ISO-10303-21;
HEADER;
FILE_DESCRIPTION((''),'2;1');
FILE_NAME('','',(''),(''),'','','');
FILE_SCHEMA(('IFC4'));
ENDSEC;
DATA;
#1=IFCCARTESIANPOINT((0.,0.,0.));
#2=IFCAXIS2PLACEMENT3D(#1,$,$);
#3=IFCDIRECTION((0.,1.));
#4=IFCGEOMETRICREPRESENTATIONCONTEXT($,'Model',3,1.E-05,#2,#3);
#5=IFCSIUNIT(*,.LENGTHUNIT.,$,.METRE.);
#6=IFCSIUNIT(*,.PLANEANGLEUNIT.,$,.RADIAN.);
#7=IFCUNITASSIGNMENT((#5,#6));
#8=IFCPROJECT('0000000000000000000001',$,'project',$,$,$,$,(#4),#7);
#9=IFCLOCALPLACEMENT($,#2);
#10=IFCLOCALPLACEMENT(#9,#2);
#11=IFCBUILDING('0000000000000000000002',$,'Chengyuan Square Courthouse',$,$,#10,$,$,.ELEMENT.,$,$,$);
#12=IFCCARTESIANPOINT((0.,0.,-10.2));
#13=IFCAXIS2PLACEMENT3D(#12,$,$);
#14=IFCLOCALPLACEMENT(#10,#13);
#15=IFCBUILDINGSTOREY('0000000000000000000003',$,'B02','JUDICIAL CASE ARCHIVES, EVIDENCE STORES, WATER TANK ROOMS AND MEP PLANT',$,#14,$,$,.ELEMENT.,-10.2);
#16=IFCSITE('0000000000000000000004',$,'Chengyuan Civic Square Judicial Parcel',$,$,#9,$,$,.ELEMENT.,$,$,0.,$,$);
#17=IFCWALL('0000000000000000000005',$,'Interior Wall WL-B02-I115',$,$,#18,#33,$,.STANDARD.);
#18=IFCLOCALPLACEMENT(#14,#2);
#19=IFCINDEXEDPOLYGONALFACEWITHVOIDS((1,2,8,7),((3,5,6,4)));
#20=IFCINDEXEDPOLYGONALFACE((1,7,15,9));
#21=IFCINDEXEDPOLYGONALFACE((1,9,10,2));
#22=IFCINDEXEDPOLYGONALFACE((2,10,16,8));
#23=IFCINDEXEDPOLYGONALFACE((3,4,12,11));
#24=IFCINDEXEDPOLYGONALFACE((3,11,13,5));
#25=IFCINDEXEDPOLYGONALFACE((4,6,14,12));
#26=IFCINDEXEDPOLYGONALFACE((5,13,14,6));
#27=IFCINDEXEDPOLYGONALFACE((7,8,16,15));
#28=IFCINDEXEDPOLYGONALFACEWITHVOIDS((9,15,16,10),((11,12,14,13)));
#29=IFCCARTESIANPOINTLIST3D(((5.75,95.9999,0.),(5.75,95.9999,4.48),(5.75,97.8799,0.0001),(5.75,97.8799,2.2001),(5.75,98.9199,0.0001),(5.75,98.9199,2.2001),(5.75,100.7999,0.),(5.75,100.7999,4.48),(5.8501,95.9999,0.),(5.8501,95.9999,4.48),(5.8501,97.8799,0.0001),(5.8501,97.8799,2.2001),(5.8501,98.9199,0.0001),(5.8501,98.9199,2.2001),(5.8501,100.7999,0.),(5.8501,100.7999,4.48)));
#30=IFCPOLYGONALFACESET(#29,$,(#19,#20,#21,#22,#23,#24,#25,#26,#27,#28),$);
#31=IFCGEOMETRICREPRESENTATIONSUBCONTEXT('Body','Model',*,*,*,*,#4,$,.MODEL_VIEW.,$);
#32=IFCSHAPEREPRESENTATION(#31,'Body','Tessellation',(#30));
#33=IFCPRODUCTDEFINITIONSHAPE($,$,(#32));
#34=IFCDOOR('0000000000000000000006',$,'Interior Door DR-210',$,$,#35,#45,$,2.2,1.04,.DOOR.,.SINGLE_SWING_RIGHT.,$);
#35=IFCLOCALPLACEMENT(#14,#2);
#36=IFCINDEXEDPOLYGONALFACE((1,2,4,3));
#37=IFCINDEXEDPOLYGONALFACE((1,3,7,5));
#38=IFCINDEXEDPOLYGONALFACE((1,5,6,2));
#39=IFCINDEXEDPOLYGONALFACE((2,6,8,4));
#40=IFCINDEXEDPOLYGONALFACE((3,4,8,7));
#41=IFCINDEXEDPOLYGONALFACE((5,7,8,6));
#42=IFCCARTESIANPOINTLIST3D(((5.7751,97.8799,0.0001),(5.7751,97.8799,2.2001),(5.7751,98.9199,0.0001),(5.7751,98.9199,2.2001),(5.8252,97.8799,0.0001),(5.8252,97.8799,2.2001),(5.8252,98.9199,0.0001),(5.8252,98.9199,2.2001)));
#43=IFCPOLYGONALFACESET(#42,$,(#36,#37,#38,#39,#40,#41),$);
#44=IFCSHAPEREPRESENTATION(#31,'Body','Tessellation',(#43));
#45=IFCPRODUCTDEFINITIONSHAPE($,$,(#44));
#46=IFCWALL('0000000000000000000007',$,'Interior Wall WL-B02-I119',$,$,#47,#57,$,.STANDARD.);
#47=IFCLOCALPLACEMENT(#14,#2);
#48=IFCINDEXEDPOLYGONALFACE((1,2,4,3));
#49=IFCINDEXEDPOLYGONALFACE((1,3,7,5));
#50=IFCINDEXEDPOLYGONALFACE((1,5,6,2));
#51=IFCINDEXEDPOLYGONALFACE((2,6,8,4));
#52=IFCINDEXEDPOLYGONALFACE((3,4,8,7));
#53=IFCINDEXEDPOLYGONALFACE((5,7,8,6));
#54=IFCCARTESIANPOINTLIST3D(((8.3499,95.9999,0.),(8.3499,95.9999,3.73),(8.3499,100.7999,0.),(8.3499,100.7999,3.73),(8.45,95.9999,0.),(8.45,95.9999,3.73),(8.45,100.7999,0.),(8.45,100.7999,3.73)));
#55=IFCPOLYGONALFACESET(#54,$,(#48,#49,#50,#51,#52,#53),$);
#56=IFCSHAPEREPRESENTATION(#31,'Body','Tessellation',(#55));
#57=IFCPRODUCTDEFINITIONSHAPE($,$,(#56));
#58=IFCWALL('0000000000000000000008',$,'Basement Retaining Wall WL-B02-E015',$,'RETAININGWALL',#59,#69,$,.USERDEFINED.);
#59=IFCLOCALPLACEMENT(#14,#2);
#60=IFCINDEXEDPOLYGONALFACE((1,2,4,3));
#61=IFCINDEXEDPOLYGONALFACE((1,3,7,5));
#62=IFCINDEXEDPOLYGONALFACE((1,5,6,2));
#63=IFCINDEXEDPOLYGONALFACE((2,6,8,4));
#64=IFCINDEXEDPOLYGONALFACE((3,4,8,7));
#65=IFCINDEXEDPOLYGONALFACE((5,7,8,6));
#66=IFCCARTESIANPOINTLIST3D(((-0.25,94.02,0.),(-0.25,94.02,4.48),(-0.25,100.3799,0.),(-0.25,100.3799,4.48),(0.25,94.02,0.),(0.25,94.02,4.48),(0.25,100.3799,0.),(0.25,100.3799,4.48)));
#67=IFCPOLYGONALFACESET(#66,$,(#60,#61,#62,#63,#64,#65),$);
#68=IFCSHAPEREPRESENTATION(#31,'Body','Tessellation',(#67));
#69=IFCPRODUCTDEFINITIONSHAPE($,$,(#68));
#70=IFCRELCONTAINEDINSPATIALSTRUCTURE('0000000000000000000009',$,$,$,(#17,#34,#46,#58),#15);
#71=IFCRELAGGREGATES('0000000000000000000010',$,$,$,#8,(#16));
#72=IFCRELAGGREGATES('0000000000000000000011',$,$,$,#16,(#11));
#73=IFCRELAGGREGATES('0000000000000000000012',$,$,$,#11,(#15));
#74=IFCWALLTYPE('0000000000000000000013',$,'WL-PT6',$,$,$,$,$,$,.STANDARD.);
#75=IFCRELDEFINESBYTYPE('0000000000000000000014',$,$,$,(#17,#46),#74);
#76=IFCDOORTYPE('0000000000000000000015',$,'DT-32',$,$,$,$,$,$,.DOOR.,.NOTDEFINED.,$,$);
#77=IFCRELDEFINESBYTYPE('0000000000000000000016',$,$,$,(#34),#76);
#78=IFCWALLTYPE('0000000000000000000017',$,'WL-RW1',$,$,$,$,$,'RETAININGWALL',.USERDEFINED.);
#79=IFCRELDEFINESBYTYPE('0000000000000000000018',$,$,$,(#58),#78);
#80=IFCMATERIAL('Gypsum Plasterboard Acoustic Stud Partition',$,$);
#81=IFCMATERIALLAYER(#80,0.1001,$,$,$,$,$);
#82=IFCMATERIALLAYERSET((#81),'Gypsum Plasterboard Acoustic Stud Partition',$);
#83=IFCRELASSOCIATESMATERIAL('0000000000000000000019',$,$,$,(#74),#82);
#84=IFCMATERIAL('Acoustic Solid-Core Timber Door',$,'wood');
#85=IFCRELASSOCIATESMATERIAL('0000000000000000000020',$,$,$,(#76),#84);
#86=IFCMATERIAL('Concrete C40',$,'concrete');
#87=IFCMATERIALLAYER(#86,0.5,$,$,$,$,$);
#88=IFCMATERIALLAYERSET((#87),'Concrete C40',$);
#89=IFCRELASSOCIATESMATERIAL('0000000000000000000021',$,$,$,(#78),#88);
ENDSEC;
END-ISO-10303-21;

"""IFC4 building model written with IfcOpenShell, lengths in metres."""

from ifc_helpers import new_model, si_unit, direction, frame, frame_2d, origin, place, context, subcontext, project, spatial, rectangle, extrude, material, layer, layer_set, type_object, element, fill, save


model = new_model("IFC4")

# Units and contexts
model_context = context("Model", 3, precision=1e-05, world=origin(), true_north=direction((0.0, 1.0)))
body_context = subcontext(model_context, "Body", "Model", "MODEL_VIEW")
ifc_project = project(units=[si_unit("LENGTHUNIT", "METRE"), si_unit("PLANEANGLEUNIT", "RADIAN")], contexts=[model_context])

# Site, building, storey
site_placement = place(None, origin())
site = spatial("IfcSite", under=ifc_project, at=site_placement, Name="Chengyuan Civic Square Judicial Parcel", CompositionType="ELEMENT", RefElevation=0.0)
building_placement = place(site_placement, origin())
building = spatial("IfcBuilding", under=site, at=building_placement, Name="Chengyuan Square Courthouse", CompositionType="ELEMENT")
storey_placement = place(building_placement, frame((0.0, 0.0, -10.2)))
storey = spatial("IfcBuildingStorey", under=building, at=storey_placement, Name="B02", Description="JUDICIAL CASE ARCHIVES, EVIDENCE STORES, WATER TANK ROOMS AND MEP PLANT", CompositionType="ELEMENT", Elevation=-10.2)

# Shared definitions
ifc_material_1 = material(Name="Concrete C40", Category="concrete")

# Wall, opening, door
ifc_material_2 = material(Name="Gypsum Plasterboard Acoustic Stud Partition")
ifc_layer_1 = layer(ifc_material_2, 0.1001)
ifc_layer_set_1 = layer_set([ifc_layer_1], Name="Gypsum Plasterboard Acoustic Stud Partition")
wall_type_1 = type_object("IfcWallType", Name="WL-PT6", PredefinedType="STANDARD", material=ifc_layer_set_1)
ifc_material_3 = material(Name="Acoustic Solid-Core Timber Door", Category="wood")
wall_1_placement = place(storey_placement, frame((5.8, 96.0, 0.0), z_axis=(0.0, 0.0, 1.0), x_axis=(0.0, 1.0, 0.0)))
wall_1 = element("IfcWall", 1, at=wall_1_placement, inside=storey, type_object=wall_type_1, Name="Interior Wall WL-B02-I115", PredefinedType="STANDARD", context=body_context, shape_type="SweptSolid", body=[
    extrude(rectangle(XDim=4.8, YDim=0.1001, at=frame_2d((2.3999, 0.0))), origin(), (0.0, 0.0, 1.0), 4.48),
])
opening_1_placement = place(wall_1_placement, frame((1.8799, 0.0, 0.0)))
opening_1 = element("IfcOpeningElement", 2, at=opening_1_placement, cuts=wall_1, PredefinedType="OPENING", context=body_context, shape_type="SweptSolid", body=[
    extrude(rectangle(XDim=1.04, YDim=2.2, at=frame_2d((0.52, 1.1001))), frame((0.0, 0.062, 0.0), z_axis=(0.0, -1.0, 0.0), x_axis=(1.0, 0.0, 0.0)), (0.0, 0.0, 1.0), 0.124),
])
door_type_1 = type_object("IfcDoorType", Name="DT-32", OperationType="NOTDEFINED", PredefinedType="DOOR", material=ifc_material_3)
door_1_placement = place(opening_1_placement, origin())
door_1 = element("IfcDoor", 3, at=door_1_placement, inside=storey, type_object=door_type_1, Name="Interior Door DR-210", OperationType="SINGLE_SWING_RIGHT", OverallHeight=2.2, OverallWidth=1.04, PredefinedType="DOOR", context=body_context, shape_type="SweptSolid", body=[
    extrude(rectangle(XDim=1.04, YDim=2.2, at=frame_2d((0.52, 1.1001))), frame((0.0, 0.0249, 0.0), z_axis=(0.0, -1.0, 0.0), x_axis=(1.0, 0.0, 0.0)), (0.0, 0.0, 1.0), 0.05),
])
fill(opening_1, door_1)

# Walls
wall_2_placement = place(storey_placement, frame((8.3999, 96.0, 0.0), z_axis=(0.0, 0.0, 1.0), x_axis=(0.0, 1.0, 0.0)))
element("IfcWall", 4, at=wall_2_placement, inside=storey, type_object=wall_type_1, Name="Interior Wall WL-B02-I119", PredefinedType="STANDARD", context=body_context, shape_type="SweptSolid", body=[
    extrude(rectangle(XDim=4.8, YDim=0.1001, at=frame_2d((2.3999, 0.0))), origin(), (0.0, 0.0, 1.0), 3.73),
])
ifc_layer_2 = layer(ifc_material_1, 0.5)
ifc_layer_set_2 = layer_set([ifc_layer_2], Name="Concrete C40")
wall_type_2 = type_object("IfcWallType", Name="WL-RW1", ElementType="RETAININGWALL", PredefinedType="USERDEFINED", material=ifc_layer_set_2)
wall_3_placement = place(storey_placement, frame((0.0, 94.02, 0.0), z_axis=(0.0, 0.0, 1.0), x_axis=(0.0, 1.0, 0.0)))
element("IfcWall", 5, at=wall_3_placement, inside=storey, type_object=wall_type_2, Name="Basement Retaining Wall WL-B02-E015", ObjectType="RETAININGWALL", PredefinedType="USERDEFINED", context=body_context, shape_type="SweptSolid", body=[
    extrude(rectangle(XDim=6.3599, YDim=0.5, at=frame_2d((3.1799, 0.0))), origin(), (0.0, 0.0, 1.0), 4.48),
])

save(model, "model.ifc")
